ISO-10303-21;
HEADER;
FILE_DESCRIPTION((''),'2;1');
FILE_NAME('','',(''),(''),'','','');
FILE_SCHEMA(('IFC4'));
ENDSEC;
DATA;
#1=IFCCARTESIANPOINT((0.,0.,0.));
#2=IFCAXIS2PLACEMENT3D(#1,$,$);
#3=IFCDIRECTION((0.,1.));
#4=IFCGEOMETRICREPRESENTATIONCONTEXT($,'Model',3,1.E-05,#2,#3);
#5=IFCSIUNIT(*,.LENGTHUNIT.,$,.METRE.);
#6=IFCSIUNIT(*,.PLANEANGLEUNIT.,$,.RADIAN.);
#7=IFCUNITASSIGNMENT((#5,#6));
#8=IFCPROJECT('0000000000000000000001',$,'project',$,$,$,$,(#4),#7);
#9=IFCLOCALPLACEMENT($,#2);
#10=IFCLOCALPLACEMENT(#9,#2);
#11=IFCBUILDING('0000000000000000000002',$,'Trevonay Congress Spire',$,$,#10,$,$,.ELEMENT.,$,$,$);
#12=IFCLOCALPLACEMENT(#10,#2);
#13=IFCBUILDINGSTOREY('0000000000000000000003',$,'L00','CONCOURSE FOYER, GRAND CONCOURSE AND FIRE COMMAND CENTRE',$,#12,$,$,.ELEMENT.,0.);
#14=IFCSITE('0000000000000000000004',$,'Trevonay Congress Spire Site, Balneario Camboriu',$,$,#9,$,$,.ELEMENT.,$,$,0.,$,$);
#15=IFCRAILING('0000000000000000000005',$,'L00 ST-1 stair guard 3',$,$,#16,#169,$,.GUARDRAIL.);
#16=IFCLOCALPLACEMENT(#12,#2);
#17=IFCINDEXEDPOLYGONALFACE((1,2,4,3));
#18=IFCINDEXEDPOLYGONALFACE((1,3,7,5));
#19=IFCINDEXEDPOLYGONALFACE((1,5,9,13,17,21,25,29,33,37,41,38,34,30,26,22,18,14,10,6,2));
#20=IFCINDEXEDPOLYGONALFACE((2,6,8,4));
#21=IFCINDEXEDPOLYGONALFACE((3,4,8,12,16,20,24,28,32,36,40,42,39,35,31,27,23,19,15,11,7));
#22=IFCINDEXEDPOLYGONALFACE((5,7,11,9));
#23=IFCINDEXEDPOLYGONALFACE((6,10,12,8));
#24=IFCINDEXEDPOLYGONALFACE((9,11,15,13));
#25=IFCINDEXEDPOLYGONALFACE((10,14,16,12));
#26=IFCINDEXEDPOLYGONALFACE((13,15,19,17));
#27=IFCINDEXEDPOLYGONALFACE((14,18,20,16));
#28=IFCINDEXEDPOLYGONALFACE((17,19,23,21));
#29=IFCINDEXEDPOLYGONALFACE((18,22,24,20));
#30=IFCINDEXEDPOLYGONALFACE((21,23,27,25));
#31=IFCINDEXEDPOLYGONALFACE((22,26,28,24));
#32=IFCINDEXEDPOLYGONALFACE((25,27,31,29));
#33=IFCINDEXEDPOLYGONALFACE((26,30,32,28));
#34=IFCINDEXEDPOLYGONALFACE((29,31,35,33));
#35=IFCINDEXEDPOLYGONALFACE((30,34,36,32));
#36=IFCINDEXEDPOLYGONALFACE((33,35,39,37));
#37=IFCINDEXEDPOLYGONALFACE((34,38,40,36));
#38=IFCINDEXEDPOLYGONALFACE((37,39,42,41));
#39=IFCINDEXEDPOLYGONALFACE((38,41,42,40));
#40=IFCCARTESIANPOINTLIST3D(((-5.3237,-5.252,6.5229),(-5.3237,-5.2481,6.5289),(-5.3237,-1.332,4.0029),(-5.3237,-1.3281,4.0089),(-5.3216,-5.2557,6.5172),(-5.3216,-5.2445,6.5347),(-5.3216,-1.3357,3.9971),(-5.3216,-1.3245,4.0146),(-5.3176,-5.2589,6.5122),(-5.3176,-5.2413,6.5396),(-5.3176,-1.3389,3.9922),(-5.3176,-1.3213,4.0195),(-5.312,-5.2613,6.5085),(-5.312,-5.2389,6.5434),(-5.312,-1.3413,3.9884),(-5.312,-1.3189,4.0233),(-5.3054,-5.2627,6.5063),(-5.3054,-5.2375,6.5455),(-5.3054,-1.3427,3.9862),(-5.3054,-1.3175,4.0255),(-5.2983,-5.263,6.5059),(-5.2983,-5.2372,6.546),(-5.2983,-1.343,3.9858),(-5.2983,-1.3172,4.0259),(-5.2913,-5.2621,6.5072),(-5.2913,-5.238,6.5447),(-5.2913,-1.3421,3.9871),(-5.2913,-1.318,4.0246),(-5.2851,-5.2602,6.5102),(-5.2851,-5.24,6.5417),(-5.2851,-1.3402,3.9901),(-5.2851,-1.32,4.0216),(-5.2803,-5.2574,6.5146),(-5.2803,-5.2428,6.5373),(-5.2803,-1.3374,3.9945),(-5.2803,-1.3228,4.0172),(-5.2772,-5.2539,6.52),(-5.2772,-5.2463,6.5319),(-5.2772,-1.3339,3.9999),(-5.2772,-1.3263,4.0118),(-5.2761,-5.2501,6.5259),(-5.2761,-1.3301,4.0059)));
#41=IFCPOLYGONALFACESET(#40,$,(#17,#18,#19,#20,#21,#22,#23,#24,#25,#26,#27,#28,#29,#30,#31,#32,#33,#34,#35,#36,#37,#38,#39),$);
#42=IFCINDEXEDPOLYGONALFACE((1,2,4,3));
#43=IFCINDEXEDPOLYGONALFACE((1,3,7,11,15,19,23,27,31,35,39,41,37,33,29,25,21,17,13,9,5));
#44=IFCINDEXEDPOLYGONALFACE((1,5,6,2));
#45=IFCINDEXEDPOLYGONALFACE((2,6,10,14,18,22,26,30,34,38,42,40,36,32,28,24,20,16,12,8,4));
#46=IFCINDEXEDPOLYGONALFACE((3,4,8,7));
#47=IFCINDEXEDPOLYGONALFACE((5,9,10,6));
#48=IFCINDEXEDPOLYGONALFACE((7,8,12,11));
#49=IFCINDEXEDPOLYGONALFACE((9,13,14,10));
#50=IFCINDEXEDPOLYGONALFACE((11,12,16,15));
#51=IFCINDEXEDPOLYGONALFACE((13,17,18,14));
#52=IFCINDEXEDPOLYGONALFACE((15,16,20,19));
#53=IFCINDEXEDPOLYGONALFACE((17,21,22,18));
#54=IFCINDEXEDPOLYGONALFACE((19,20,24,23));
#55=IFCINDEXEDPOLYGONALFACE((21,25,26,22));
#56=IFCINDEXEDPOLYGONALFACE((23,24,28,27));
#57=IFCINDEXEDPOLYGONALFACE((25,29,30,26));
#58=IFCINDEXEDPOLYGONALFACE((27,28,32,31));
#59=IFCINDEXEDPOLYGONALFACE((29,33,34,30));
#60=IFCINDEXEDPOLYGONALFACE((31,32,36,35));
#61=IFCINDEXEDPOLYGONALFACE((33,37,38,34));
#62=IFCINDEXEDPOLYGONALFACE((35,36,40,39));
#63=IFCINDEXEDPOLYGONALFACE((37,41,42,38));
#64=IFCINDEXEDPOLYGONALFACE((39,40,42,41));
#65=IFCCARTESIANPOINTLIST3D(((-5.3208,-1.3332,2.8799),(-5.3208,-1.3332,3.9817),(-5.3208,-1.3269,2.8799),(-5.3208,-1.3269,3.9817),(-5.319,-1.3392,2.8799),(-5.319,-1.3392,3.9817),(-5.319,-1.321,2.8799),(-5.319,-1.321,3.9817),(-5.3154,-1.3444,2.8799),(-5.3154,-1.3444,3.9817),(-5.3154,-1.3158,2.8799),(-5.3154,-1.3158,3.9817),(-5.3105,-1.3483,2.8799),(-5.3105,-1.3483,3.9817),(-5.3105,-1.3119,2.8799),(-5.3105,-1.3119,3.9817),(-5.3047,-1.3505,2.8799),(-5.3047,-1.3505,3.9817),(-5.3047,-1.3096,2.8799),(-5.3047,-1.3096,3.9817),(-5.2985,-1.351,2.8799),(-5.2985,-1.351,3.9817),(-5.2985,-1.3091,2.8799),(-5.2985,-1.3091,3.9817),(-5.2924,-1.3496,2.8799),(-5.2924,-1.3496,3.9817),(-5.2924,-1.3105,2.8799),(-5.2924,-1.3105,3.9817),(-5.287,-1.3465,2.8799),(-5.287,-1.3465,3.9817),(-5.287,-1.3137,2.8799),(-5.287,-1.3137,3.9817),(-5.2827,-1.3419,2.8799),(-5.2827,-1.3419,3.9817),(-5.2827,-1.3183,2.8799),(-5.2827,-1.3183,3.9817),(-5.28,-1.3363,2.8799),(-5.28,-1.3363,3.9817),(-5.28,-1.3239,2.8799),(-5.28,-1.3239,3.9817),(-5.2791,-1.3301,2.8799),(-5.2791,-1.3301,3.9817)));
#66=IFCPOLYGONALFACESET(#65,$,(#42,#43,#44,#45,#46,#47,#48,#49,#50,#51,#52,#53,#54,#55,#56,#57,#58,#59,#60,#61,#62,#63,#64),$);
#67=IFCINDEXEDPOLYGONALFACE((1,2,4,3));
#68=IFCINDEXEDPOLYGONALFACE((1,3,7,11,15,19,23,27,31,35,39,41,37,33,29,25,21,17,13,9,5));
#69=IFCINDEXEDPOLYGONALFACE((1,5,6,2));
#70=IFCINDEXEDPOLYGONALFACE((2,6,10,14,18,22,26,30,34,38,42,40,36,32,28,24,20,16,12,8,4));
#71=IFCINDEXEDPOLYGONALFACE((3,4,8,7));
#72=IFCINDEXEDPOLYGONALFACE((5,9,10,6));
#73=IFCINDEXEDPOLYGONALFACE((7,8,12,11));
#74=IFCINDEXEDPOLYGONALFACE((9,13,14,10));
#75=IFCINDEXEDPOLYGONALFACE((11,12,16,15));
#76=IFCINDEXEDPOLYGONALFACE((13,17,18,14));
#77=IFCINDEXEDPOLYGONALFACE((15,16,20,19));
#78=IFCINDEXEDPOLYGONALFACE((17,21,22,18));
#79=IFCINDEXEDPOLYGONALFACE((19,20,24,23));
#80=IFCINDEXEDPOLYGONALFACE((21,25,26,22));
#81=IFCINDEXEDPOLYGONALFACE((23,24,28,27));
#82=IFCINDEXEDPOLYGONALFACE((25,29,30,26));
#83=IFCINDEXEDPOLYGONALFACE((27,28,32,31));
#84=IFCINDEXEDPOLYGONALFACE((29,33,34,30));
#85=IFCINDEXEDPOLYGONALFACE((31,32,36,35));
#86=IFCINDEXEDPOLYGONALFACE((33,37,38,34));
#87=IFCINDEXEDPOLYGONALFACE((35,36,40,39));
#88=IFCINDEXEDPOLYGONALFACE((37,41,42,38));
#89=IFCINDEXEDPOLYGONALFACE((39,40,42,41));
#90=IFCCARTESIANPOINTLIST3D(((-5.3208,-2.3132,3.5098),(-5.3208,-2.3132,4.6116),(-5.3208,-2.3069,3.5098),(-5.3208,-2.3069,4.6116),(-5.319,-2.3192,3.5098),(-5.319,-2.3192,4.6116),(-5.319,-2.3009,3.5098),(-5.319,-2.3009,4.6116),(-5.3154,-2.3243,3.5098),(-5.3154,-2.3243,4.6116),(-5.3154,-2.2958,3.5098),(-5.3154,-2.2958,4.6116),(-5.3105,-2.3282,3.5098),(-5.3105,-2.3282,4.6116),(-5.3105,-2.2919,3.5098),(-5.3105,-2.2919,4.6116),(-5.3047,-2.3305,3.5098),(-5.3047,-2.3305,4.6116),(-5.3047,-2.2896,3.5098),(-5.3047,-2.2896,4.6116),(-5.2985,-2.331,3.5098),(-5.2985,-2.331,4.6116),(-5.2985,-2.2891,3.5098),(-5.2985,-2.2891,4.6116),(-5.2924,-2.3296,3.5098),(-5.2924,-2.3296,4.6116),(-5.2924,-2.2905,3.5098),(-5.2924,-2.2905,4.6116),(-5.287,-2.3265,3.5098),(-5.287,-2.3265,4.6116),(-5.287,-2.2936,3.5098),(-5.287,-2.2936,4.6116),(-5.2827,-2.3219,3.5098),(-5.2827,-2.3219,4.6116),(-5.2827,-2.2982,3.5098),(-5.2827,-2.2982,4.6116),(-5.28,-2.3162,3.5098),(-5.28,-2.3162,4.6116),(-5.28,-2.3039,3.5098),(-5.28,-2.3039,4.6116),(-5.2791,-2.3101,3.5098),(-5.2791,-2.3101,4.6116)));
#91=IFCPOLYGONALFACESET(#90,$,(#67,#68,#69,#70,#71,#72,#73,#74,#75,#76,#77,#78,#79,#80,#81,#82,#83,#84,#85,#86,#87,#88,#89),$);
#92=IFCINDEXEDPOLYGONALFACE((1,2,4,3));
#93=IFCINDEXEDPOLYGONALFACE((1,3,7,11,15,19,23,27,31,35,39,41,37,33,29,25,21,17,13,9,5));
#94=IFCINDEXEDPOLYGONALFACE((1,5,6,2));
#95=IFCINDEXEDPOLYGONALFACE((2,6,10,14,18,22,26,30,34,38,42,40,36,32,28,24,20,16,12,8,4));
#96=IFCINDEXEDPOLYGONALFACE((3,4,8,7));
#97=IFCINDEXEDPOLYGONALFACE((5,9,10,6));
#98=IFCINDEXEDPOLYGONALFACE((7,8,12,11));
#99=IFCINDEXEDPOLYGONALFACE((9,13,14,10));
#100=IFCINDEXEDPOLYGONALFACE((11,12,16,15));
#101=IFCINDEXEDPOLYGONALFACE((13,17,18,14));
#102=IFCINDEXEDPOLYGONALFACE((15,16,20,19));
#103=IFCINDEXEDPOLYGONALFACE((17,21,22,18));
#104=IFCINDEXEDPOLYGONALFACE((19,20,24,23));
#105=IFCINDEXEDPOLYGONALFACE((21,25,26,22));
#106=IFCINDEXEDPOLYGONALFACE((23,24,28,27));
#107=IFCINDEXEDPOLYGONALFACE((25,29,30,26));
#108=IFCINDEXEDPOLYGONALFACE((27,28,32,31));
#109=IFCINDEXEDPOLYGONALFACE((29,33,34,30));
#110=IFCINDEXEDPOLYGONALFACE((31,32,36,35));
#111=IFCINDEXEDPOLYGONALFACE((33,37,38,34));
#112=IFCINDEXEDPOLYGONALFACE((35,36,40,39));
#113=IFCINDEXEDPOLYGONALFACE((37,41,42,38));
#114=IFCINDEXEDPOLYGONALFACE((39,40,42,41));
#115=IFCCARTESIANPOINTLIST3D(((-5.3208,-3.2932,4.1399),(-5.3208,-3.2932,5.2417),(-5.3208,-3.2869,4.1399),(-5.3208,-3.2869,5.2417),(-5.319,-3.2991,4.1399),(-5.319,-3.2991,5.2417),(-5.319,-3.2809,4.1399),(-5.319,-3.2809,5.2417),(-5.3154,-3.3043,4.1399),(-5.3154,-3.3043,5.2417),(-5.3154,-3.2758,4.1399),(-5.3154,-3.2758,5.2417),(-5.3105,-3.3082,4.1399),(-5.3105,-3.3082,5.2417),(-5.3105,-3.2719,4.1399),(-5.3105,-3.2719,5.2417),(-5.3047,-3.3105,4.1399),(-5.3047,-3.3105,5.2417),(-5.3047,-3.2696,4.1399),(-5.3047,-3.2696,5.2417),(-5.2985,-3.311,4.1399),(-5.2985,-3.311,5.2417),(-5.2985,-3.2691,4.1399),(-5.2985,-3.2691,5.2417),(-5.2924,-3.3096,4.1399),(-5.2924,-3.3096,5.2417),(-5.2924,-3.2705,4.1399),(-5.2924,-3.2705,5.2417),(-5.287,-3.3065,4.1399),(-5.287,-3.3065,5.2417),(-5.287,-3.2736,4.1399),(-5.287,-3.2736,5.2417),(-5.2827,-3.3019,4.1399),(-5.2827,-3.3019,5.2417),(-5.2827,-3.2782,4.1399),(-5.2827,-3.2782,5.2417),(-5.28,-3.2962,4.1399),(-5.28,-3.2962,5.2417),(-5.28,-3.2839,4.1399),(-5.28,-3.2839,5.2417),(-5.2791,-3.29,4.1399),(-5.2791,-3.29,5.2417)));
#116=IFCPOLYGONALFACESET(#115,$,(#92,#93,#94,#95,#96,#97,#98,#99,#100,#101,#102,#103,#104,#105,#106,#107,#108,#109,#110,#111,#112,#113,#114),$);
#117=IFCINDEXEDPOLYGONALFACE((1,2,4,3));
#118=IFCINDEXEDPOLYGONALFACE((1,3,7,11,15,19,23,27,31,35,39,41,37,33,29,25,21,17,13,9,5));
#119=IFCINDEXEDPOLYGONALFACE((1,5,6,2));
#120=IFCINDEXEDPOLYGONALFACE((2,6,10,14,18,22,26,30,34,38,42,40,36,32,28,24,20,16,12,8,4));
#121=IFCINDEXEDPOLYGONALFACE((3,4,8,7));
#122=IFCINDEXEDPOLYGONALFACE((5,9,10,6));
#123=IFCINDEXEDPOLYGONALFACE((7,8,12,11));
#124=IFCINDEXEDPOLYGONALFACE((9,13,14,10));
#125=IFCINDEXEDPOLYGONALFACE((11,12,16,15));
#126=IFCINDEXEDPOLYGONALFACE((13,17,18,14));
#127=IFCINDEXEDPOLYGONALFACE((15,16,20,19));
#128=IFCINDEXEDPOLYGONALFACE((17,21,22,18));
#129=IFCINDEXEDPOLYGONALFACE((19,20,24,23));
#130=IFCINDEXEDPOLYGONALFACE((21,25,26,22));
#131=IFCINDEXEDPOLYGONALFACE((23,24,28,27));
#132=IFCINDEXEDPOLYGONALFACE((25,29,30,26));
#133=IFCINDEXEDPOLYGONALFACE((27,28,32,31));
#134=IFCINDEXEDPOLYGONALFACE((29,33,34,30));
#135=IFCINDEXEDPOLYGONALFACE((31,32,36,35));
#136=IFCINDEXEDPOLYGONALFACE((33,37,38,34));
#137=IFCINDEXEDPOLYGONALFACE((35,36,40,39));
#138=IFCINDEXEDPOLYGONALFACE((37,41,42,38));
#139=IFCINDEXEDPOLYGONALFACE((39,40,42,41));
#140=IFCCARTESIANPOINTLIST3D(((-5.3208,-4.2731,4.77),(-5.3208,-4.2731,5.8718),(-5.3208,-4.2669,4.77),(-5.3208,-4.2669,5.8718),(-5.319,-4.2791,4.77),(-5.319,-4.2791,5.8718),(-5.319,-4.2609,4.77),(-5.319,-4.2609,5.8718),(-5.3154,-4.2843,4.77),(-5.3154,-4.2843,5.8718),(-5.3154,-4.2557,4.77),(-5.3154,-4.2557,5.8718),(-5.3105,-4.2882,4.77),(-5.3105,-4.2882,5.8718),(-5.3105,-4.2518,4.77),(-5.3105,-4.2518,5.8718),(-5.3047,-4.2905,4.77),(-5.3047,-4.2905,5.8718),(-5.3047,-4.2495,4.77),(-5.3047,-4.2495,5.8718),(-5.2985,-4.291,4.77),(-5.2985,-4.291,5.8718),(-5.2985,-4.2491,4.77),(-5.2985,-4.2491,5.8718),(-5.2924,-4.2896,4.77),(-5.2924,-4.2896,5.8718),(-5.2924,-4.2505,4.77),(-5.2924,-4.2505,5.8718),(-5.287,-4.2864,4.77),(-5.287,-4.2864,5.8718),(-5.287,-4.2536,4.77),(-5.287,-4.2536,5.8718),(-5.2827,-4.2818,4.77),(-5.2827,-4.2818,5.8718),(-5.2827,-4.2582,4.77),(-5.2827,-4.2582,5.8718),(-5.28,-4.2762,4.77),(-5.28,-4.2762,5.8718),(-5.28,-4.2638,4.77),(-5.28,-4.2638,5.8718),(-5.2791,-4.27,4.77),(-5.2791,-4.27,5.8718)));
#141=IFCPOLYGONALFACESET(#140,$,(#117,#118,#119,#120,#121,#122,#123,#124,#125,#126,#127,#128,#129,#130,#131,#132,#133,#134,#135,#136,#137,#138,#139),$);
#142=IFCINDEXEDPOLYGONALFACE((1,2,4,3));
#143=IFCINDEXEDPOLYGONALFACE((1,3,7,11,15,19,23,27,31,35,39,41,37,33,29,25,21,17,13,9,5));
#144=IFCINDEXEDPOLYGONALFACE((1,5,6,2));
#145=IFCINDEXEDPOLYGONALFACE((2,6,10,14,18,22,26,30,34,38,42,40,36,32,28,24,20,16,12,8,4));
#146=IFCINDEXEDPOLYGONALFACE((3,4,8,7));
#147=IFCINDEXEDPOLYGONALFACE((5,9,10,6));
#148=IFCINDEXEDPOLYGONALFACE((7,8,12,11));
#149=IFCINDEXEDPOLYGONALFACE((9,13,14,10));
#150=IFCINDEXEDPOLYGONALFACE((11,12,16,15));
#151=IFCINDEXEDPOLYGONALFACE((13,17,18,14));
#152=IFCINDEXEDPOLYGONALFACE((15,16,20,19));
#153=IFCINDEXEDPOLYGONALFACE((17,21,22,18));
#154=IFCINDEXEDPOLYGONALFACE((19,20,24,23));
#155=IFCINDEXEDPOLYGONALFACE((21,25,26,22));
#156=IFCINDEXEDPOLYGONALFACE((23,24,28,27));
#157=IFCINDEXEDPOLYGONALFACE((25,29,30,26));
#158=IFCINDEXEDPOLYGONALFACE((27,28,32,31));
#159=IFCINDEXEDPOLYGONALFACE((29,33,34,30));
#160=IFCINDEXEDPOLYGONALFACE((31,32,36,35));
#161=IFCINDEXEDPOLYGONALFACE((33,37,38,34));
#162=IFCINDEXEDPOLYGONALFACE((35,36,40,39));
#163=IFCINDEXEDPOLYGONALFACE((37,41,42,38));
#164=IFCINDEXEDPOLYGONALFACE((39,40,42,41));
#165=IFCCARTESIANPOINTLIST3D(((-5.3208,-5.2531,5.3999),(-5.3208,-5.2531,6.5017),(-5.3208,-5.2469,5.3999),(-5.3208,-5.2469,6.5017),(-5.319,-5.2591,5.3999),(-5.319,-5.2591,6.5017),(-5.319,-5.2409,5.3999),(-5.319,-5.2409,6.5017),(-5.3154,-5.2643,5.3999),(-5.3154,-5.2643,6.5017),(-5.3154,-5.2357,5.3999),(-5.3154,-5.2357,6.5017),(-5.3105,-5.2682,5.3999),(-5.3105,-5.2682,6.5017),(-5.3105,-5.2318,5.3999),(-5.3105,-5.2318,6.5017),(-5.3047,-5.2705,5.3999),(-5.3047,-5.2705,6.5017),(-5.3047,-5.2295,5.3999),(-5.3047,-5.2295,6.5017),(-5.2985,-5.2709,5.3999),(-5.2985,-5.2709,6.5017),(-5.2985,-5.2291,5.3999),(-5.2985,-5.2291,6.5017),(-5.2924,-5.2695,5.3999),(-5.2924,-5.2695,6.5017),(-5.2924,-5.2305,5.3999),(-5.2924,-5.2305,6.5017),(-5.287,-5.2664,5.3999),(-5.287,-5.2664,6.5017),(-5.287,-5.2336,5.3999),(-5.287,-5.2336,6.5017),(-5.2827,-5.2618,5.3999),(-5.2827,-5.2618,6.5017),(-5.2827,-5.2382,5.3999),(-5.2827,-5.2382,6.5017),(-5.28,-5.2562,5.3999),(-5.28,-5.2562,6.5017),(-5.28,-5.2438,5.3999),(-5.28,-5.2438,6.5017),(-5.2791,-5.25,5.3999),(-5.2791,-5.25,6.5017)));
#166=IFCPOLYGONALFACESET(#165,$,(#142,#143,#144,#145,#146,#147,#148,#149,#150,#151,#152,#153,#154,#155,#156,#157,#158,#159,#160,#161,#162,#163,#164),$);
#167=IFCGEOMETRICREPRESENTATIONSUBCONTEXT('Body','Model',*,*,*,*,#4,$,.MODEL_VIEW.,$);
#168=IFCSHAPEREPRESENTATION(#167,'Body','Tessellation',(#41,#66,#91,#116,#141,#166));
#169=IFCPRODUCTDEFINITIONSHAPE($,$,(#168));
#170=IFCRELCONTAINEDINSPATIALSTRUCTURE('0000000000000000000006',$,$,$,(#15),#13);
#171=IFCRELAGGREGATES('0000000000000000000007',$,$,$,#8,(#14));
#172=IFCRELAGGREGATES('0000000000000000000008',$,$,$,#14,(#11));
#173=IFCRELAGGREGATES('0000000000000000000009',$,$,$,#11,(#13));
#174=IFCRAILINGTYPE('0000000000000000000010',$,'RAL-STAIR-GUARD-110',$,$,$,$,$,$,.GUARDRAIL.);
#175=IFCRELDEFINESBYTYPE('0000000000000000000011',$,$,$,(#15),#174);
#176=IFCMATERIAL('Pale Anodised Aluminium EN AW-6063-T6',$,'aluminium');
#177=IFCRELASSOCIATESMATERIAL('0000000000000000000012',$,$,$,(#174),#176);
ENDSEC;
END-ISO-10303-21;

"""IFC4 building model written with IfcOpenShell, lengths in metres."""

from ifc_helpers import new_model, si_unit, direction, frame, origin, origin_2d, place, context, subcontext, project, spatial, circle, extrude, material, type_object, element, save


model = new_model("IFC4")

# Units and contexts
model_context = context("Model", 3, precision=1e-05, world=origin(), true_north=direction((0.0, 1.0)))
body_context = subcontext(model_context, "Body", "Model", "MODEL_VIEW")
ifc_project = project(units=[si_unit("LENGTHUNIT", "METRE"), si_unit("PLANEANGLEUNIT", "RADIAN")], contexts=[model_context])

# Site, building, storey
site_placement = place(None, origin())
site = spatial("IfcSite", under=ifc_project, at=site_placement, Name="Trevonay Congress Spire Site, Balneario Camboriu", CompositionType="ELEMENT", RefElevation=0.0)
building_placement = place(site_placement, origin())
building = spatial("IfcBuilding", under=site, at=building_placement, Name="Trevonay Congress Spire", CompositionType="ELEMENT")
storey_placement = place(building_placement, origin())
storey = spatial("IfcBuildingStorey", under=building, at=storey_placement, Name="L00", Description="CONCOURSE FOYER, GRAND CONCOURSE AND FIRE COMMAND CENTRE", CompositionType="ELEMENT", Elevation=0.0)

# Railing
ifc_material_1 = material(Name="Pale Anodised Aluminium EN AW-6063-T6", Category="aluminium")
railing_type_1 = type_object("IfcRailingType", Name="RAL-STAIR-GUARD-110", PredefinedType="GUARDRAIL", material=ifc_material_1)
railing_1_placement = place(storey_placement, frame((-5.3, -1.3301, 2.8799)))
element("IfcRailing", 1, at=railing_1_placement, inside=storey, type_object=railing_type_1, Name="L00 ST-1 stair guard 3", PredefinedType="GUARDRAIL", context=body_context, shape_type="SweptSolid", body=[
    extrude(circle(Radius=0.0239, at=origin_2d()), frame((0.0, 0.0, 1.126), z_axis=(0.0, -0.841172, 0.540768), x_axis=(1.0, 0.0, 0.0)), (0.0, 0.0, 1.0), 4.6602),
    extrude(circle(Radius=0.021, at=origin_2d()), origin(), (0.0, 0.0, 1.0), 1.1018),
    extrude(circle(Radius=0.021, at=origin_2d()), frame((0.0, -0.98, 0.6299)), (0.0, 0.0, 1.0), 1.1018),
    extrude(circle(Radius=0.021, at=origin_2d()), frame((0.0, -1.96, 1.26)), (0.0, 0.0, 1.0), 1.1018),
    extrude(circle(Radius=0.021, at=origin_2d()), frame((0.0, -2.9399, 1.8901)), (0.0, 0.0, 1.0), 1.1018),
    extrude(circle(Radius=0.021, at=origin_2d()), frame((0.0, -3.9199, 2.52)), (0.0, 0.0, 1.0), 1.1018),
])

save(model, "model.ifc")
